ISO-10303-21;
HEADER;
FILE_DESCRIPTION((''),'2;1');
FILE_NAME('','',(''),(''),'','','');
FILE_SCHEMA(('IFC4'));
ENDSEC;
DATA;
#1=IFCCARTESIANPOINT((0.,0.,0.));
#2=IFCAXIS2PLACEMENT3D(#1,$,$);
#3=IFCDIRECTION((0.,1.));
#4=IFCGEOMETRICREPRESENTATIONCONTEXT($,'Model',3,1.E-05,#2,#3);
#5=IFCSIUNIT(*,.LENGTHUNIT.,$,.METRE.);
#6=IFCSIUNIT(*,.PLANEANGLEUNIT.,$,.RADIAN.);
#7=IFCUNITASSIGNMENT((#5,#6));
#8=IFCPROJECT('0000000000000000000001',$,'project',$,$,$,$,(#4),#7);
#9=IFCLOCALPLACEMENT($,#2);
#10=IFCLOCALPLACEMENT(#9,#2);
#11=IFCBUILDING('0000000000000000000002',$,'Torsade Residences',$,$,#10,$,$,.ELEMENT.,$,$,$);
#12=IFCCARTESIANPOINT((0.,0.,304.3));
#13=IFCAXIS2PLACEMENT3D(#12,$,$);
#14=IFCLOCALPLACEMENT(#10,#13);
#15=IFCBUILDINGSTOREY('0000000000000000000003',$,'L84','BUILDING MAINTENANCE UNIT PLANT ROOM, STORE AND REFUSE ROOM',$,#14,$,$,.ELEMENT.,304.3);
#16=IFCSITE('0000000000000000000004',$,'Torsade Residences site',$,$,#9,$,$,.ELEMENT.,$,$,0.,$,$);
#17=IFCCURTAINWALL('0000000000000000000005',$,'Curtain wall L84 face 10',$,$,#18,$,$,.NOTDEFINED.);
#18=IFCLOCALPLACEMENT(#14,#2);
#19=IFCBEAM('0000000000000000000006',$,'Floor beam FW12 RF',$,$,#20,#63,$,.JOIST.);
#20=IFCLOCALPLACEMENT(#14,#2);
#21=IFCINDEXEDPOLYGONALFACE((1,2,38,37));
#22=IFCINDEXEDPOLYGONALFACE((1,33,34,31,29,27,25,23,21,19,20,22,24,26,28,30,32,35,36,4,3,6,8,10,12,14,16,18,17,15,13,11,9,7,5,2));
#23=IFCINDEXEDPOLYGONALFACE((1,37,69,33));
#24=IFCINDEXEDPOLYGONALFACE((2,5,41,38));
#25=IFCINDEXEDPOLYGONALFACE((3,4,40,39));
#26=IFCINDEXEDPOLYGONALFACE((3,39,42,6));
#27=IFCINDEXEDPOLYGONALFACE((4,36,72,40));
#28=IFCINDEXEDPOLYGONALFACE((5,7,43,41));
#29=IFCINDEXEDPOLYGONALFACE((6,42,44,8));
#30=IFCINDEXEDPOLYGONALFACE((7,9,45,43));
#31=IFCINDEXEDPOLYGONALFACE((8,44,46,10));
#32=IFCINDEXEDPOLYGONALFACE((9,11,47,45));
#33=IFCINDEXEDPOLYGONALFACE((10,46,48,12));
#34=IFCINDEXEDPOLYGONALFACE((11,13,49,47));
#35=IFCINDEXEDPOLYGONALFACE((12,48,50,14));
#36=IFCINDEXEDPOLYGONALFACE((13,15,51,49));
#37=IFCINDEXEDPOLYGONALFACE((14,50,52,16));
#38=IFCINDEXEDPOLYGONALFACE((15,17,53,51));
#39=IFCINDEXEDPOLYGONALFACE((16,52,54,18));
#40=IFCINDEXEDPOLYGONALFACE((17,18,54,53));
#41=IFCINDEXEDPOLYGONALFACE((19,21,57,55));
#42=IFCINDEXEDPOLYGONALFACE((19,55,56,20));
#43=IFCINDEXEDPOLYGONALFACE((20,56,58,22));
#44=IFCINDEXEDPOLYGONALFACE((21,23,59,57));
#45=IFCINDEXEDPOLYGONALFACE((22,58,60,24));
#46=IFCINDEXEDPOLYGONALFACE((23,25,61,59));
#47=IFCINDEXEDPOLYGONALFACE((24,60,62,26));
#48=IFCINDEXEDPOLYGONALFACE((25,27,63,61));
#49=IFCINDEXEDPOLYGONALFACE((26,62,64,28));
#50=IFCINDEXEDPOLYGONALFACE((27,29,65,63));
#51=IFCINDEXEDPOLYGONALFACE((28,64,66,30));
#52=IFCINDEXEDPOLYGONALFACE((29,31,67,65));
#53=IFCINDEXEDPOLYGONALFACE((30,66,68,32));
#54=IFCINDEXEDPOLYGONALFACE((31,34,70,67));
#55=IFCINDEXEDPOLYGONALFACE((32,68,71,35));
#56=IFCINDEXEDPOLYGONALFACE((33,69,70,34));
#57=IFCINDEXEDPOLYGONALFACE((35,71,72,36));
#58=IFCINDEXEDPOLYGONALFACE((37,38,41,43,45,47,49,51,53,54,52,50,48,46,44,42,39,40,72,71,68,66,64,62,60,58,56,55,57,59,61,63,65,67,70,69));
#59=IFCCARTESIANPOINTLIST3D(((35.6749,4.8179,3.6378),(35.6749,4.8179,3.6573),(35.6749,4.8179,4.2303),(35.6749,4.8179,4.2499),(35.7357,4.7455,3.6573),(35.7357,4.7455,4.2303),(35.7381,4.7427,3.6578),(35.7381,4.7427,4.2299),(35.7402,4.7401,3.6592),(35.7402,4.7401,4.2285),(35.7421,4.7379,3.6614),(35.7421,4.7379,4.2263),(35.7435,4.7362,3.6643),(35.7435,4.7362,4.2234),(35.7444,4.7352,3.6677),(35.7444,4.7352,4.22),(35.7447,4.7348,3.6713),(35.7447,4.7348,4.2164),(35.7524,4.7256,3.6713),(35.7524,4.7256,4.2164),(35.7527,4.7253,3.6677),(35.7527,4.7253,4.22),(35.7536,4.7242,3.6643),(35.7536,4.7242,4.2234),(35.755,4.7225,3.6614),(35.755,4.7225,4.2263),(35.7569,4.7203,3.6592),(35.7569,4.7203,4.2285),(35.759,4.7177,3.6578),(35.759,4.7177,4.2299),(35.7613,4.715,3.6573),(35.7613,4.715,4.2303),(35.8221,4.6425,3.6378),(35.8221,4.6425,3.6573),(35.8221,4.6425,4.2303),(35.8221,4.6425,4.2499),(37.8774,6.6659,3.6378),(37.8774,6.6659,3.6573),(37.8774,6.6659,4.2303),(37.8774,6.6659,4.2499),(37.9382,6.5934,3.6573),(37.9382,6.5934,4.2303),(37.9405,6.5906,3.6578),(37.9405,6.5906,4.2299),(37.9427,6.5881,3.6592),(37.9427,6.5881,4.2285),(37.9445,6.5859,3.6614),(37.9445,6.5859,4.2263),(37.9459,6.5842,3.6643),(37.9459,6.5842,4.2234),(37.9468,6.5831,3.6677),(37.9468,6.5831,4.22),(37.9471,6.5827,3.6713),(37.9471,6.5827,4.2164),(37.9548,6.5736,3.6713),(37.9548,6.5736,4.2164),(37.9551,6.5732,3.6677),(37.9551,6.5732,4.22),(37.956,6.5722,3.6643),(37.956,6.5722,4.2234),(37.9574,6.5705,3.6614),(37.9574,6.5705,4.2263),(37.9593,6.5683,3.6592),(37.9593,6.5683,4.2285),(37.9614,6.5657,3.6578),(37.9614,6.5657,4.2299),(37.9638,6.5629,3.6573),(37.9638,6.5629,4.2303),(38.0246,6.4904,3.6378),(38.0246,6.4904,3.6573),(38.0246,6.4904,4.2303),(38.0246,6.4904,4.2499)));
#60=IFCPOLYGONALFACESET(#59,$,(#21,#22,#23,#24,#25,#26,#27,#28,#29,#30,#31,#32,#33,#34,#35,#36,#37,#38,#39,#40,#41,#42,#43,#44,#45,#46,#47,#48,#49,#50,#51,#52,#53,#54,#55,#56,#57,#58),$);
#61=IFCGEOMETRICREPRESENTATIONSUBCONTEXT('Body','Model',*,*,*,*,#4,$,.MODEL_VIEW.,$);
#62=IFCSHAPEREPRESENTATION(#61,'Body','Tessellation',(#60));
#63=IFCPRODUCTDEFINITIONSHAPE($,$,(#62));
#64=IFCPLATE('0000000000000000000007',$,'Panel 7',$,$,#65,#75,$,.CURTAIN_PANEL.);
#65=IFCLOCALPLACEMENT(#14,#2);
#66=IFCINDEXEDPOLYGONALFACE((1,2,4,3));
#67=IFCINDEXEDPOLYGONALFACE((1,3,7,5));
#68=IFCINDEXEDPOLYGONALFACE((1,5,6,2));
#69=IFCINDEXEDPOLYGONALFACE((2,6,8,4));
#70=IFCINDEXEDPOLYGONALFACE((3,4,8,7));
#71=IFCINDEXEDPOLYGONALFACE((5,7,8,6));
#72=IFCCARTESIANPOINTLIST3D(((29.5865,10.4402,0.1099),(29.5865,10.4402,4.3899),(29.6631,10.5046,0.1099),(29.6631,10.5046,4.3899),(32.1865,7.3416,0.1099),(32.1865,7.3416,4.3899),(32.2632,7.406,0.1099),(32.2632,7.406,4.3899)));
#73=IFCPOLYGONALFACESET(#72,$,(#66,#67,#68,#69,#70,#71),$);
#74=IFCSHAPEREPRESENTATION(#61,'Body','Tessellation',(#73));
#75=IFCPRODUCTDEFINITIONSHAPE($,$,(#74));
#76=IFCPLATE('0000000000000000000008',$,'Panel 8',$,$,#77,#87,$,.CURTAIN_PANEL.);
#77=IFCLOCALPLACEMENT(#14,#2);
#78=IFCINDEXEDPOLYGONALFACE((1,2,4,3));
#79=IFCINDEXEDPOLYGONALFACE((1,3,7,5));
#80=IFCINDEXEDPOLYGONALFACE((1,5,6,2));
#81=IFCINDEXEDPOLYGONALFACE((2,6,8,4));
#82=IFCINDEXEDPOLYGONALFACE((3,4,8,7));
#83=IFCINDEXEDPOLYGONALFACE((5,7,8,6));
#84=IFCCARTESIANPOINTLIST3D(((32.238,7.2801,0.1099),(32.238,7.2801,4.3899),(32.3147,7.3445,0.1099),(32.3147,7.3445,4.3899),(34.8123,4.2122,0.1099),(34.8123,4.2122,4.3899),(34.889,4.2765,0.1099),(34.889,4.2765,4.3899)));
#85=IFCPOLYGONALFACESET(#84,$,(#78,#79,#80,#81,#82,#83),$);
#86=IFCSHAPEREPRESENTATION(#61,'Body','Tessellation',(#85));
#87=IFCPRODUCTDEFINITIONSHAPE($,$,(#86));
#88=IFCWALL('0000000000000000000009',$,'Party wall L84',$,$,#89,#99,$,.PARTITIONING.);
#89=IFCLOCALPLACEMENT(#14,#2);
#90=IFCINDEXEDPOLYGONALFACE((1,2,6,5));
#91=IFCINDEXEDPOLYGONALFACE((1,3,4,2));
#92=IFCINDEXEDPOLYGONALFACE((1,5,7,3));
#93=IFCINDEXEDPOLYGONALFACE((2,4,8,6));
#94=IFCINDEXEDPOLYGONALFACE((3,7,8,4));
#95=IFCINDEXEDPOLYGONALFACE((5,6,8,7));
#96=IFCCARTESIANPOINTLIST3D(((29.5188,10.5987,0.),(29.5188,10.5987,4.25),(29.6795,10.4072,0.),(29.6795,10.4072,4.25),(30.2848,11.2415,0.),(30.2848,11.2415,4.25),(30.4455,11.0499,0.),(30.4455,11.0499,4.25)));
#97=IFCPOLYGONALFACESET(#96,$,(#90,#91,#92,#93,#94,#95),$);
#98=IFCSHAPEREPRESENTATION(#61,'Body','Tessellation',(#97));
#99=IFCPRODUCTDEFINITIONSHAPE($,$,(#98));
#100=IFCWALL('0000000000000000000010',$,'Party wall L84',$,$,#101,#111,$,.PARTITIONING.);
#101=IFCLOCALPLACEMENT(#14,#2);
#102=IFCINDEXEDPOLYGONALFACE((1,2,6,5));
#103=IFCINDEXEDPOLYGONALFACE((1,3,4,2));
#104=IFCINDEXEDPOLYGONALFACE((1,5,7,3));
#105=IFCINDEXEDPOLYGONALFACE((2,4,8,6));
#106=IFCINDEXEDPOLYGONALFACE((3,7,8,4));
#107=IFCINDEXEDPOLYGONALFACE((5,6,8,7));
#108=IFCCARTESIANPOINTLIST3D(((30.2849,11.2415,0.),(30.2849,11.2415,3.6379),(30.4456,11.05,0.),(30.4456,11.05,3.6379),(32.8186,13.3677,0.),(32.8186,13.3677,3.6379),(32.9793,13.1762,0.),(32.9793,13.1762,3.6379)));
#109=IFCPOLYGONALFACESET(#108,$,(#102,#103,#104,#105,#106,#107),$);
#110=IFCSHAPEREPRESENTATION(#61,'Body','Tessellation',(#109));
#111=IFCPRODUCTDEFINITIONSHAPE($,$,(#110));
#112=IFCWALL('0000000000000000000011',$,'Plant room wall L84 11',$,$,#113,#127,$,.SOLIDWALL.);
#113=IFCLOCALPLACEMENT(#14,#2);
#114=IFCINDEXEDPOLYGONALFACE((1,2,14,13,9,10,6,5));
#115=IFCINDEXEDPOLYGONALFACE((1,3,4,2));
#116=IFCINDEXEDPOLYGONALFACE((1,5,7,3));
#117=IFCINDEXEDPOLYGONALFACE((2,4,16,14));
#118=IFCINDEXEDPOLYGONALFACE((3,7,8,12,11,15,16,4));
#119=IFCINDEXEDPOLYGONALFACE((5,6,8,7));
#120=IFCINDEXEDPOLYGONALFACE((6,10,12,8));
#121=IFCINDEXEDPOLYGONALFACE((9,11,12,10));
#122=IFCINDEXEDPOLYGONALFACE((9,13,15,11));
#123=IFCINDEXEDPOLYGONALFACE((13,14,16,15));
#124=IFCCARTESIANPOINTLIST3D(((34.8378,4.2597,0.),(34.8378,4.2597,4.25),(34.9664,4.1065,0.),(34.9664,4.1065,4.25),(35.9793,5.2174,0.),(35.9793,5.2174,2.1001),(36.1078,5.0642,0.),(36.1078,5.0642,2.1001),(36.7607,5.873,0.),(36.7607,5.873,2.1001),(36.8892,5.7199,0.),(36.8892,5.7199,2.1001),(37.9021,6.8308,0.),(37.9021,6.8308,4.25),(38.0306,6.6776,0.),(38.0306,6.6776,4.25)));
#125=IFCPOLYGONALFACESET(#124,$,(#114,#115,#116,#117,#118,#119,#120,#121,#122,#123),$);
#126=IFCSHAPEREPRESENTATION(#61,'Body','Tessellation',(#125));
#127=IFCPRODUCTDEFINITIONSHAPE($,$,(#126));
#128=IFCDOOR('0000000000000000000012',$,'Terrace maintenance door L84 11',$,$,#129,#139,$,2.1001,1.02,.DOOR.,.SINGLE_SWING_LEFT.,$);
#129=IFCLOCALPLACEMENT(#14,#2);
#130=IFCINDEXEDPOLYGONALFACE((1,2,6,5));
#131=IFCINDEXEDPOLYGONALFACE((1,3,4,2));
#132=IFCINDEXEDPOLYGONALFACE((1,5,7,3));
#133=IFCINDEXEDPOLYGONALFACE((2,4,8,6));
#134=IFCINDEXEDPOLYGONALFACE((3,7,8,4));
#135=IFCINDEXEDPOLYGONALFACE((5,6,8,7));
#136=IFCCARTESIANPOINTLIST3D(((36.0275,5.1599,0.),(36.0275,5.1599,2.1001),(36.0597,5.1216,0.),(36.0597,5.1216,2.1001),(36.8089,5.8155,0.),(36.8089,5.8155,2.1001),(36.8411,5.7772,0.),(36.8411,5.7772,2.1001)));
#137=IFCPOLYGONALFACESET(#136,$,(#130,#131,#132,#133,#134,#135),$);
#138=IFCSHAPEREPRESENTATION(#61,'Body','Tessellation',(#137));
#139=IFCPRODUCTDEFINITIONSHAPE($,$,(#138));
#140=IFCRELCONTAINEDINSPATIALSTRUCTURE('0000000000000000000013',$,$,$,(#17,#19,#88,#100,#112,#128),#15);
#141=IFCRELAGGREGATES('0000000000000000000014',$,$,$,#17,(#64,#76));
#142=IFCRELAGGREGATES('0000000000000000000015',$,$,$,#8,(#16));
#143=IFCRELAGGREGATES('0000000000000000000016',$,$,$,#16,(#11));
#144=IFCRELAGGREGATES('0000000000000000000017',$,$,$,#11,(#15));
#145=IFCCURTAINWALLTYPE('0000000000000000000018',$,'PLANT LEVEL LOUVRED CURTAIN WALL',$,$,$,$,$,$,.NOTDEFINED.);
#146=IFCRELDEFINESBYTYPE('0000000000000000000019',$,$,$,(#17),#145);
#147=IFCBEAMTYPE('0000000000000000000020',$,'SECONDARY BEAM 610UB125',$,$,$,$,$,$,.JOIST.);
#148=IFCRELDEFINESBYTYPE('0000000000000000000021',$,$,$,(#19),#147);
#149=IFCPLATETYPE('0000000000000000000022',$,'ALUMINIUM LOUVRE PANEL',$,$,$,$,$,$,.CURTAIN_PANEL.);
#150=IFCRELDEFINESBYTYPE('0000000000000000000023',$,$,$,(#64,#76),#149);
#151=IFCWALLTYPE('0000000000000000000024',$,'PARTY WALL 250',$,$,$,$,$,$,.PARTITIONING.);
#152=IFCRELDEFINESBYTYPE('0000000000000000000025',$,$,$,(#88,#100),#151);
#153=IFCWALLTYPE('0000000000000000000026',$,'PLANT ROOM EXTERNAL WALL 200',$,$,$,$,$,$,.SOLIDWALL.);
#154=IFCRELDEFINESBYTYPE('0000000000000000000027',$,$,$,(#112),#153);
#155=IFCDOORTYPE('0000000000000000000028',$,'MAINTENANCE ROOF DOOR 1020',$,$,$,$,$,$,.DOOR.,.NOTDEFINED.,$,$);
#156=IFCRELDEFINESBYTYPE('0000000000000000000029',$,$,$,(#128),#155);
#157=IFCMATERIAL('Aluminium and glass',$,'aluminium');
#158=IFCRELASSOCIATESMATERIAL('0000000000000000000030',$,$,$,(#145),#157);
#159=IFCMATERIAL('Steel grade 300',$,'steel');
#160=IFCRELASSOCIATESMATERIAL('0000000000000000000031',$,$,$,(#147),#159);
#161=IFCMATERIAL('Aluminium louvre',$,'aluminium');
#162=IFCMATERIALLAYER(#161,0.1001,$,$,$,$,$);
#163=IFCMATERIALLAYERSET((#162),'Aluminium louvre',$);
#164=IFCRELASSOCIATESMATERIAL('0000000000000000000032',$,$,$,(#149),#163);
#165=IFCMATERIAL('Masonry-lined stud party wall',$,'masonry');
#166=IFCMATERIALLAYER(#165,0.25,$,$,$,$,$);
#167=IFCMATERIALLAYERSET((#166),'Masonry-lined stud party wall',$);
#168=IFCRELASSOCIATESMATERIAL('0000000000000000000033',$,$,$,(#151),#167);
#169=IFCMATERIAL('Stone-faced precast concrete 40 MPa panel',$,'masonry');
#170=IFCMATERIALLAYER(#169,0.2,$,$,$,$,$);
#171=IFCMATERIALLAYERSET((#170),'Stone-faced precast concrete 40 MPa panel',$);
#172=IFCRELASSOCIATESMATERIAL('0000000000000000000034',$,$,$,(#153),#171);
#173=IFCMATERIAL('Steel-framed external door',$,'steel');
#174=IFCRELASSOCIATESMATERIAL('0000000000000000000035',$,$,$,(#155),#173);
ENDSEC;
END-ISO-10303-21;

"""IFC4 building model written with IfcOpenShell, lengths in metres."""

from ifc_helpers import new_model, si_unit, direction, frame, frame_2d, origin, origin_2d, place, context, subcontext, project, spatial, rectangle, i_section, extrude, material, layer, layer_set, material_profile, profile_set, type_object, element, fill, aggregate, save


model = new_model("IFC4")

# Units and contexts
model_context = context("Model", 3, precision=1e-05, world=origin(), true_north=direction((0.0, 1.0)))
body_context = subcontext(model_context, "Body", "Model", "MODEL_VIEW")
ifc_project = project(units=[si_unit("LENGTHUNIT", "METRE"), si_unit("PLANEANGLEUNIT", "RADIAN")], contexts=[model_context])

# Site, building, storey
site_placement = place(None, origin())
site = spatial("IfcSite", under=ifc_project, at=site_placement, Name="Torsade Residences site", CompositionType="ELEMENT", RefElevation=0.0)
building_placement = place(site_placement, origin())
building = spatial("IfcBuilding", under=site, at=building_placement, Name="Torsade Residences", CompositionType="ELEMENT")
storey_placement = place(building_placement, frame((0.0, 0.0, 304.3)))
storey = spatial("IfcBuildingStorey", under=building, at=storey_placement, Name="L84", Description="BUILDING MAINTENANCE UNIT PLANT ROOM, STORE AND REFUSE ROOM", CompositionType="ELEMENT", Elevation=304.3)

# Curtain wall
ifc_material_1 = material(Name="Aluminium and glass", Category="aluminium")
curtain_wall_type = type_object("IfcCurtainWallType", Name="PLANT LEVEL LOUVRED CURTAIN WALL", PredefinedType="NOTDEFINED", material=ifc_material_1)
curtain_wall_1_placement = place(storey_placement, origin())
curtain_wall_1 = element("IfcCurtainWall", 1, at=curtain_wall_1_placement, inside=storey, type_object=curtain_wall_type, Name="Curtain wall L84 face 10", PredefinedType="NOTDEFINED")

# Beam
ifc_material_2 = material(Name="Steel grade 300", Category="steel")
ifc_material_profile_1 = material_profile(ifc_material_2, i_section(OverallWidth=0.229, OverallDepth=0.6121, WebThickness=0.012, FlangeThickness=0.0195, FilletRadius=0.0139, at=origin_2d()), Name="610UB125")
ifc_profile_set_1 = profile_set([ifc_material_profile_1], Name="Steel grade 300")
beam_type_1 = type_object("IfcBeamType", Name="SECONDARY BEAM 610UB125", PredefinedType="JOIST", material=ifc_profile_set_1)
beam_1_placement = place(storey_placement, frame((35.7485, 4.7302, 3.9438), z_axis=(0.766066, 0.642762, 0.0), x_axis=(-0.642762, 0.766066, 0.0)))
element("IfcBeam", 2, at=beam_1_placement, inside=storey, type_object=beam_type_1, Name="Floor beam FW12 RF", PredefinedType="JOIST", context=body_context, shape_type="SweptSolid", body=[
    extrude(i_section(OverallWidth=0.229, OverallDepth=0.6121, WebThickness=0.012, FlangeThickness=0.0195, FilletRadius=0.0139, at=origin_2d()), origin(), (0.0, 0.0, 1.0), 2.875),
])

# Plates
ifc_material_3 = material(Name="Aluminium louvre", Category="aluminium")
ifc_layer_1 = layer(ifc_material_3, 0.1001)
ifc_layer_set_1 = layer_set([ifc_layer_1], Name="Aluminium louvre")
plate_type = type_object("IfcPlateType", Name="ALUMINIUM LOUVRE PANEL", PredefinedType="CURTAIN_PANEL", material=ifc_layer_set_1)
plate_1_placement = place(storey_placement, frame((30.9248, 8.9231, 0.1099), z_axis=(0.0, 0.0, 1.0), x_axis=(0.642788, -0.766044, 0.0)))
plate_1 = element("IfcPlate", 3, at=plate_1_placement, type_object=plate_type, Name="Panel 7", PredefinedType="CURTAIN_PANEL", context=body_context, shape_type="SweptSolid", body=[
    extrude(rectangle(XDim=4.0449, YDim=0.1001, at=origin_2d()), origin(), (0.0, 0.0, 1.0), 4.28),
])
plate_2_placement = place(storey_placement, frame((33.5635, 5.7783, 0.1099), z_axis=(0.0, 0.0, 1.0), x_axis=(0.642788, -0.766044, 0.0)))
plate_2 = element("IfcPlate", 4, at=plate_2_placement, type_object=plate_type, Name="Panel 8", PredefinedType="CURTAIN_PANEL", context=body_context, shape_type="SweptSolid", body=[
    extrude(rectangle(XDim=4.0049, YDim=0.1001, at=origin_2d()), origin(), (0.0, 0.0, 1.0), 4.28),
])
aggregate(curtain_wall_1, [plate_1, plate_2])

# Walls
ifc_material_4 = material(Name="Masonry-lined stud party wall", Category="masonry")
ifc_layer_2 = layer(ifc_material_4, 0.25)
ifc_layer_set_2 = layer_set([ifc_layer_2], Name="Masonry-lined stud party wall")
wall_type_1 = type_object("IfcWallType", Name="PARTY WALL 250", PredefinedType="PARTITIONING", material=ifc_layer_set_2)
wall_1_placement = place(storey_placement, frame((29.5991, 10.5029, 0.0), z_axis=(0.0, 0.0, 1.0), x_axis=(0.766056, 0.642774, 0.0)))
element("IfcWall", 5, at=wall_1_placement, inside=storey, type_object=wall_type_1, Name="Party wall L84", PredefinedType="PARTITIONING", context=body_context, shape_type="SweptSolid", body=[
    extrude(rectangle(XDim=1.0, YDim=0.25, at=frame_2d((0.5, 0.0))), origin(), (0.0, 0.0, 1.0), 4.25),
])
wall_2_placement = place(storey_placement, frame((30.3652, 11.1458, 0.0), z_axis=(0.0, 0.0, 1.0), x_axis=(0.766014, 0.642823, 0.0)))
element("IfcWall", 6, at=wall_2_placement, inside=storey, type_object=wall_type_1, Name="Party wall L84", PredefinedType="PARTITIONING", context=body_context, shape_type="SweptSolid", body=[
    extrude(rectangle(XDim=3.3076, YDim=0.25, at=frame_2d((1.6538, 0.0))), origin(), (0.0, 0.0, 1.0), 3.6379),
])

# Wall, opening, door
ifc_material_5 = material(Name="Stone-faced precast concrete 40 MPa panel", Category="masonry")
ifc_layer_3 = layer(ifc_material_5, 0.2)
ifc_layer_set_3 = layer_set([ifc_layer_3], Name="Stone-faced precast concrete 40 MPa panel")
wall_type_2 = type_object("IfcWallType", Name="PLANT ROOM EXTERNAL WALL 200", PredefinedType="SOLIDWALL", material=ifc_layer_set_3)
wall_3_placement = place(storey_placement, frame((34.9021, 4.1831, 0.0), z_axis=(0.0, 0.0, 1.0), x_axis=(0.766061, 0.642768, 0.0)))
wall_3 = element("IfcWall", 7, at=wall_3_placement, inside=storey, type_object=wall_type_2, Name="Plant room wall L84 11", PredefinedType="SOLIDWALL", context=body_context, shape_type="SweptSolid", body=[
    extrude(rectangle(XDim=4.0, YDim=0.2, at=frame_2d((2.0, 0.0))), origin(), (0.0, 0.0, 1.0), 4.25),
])
opening_placement = place(wall_3_placement, frame((1.49, 0.0, 0.0)))
opening = element("IfcOpeningElement", 8, at=opening_placement, cuts=wall_3, PredefinedType="OPENING", context=body_context, shape_type="SweptSolid", body=[
    extrude(rectangle(XDim=1.02, YDim=2.1001, at=frame_2d((0.51, 1.05))), frame((0.0, 0.1099, 0.0), z_axis=(0.0, -1.0, 0.0), x_axis=(1.0, 0.0, 0.0)), (0.0, 0.0, 1.0), 0.22),
])
ifc_material_6 = material(Name="Steel-framed external door", Category="steel")
door_type = type_object("IfcDoorType", Name="MAINTENANCE ROOF DOOR 1020", OperationType="NOTDEFINED", PredefinedType="DOOR", material=ifc_material_6)
door_placement = place(opening_placement, origin())
door = element("IfcDoor", 9, at=door_placement, inside=storey, type_object=door_type, Name="Terrace maintenance door L84 11", OperationType="SINGLE_SWING_LEFT", OverallHeight=2.1001, OverallWidth=1.02, PredefinedType="DOOR", context=body_context, shape_type="SweptSolid", body=[
    extrude(rectangle(XDim=1.02, YDim=2.1001, at=frame_2d((0.51, 1.05))), frame((0.0, 0.0249, 0.0), z_axis=(0.0, -1.0, 0.0), x_axis=(1.0, 0.0, 0.0)), (0.0, 0.0, 1.0), 0.05),
])
fill(opening, door)

save(model, "model.ifc")
